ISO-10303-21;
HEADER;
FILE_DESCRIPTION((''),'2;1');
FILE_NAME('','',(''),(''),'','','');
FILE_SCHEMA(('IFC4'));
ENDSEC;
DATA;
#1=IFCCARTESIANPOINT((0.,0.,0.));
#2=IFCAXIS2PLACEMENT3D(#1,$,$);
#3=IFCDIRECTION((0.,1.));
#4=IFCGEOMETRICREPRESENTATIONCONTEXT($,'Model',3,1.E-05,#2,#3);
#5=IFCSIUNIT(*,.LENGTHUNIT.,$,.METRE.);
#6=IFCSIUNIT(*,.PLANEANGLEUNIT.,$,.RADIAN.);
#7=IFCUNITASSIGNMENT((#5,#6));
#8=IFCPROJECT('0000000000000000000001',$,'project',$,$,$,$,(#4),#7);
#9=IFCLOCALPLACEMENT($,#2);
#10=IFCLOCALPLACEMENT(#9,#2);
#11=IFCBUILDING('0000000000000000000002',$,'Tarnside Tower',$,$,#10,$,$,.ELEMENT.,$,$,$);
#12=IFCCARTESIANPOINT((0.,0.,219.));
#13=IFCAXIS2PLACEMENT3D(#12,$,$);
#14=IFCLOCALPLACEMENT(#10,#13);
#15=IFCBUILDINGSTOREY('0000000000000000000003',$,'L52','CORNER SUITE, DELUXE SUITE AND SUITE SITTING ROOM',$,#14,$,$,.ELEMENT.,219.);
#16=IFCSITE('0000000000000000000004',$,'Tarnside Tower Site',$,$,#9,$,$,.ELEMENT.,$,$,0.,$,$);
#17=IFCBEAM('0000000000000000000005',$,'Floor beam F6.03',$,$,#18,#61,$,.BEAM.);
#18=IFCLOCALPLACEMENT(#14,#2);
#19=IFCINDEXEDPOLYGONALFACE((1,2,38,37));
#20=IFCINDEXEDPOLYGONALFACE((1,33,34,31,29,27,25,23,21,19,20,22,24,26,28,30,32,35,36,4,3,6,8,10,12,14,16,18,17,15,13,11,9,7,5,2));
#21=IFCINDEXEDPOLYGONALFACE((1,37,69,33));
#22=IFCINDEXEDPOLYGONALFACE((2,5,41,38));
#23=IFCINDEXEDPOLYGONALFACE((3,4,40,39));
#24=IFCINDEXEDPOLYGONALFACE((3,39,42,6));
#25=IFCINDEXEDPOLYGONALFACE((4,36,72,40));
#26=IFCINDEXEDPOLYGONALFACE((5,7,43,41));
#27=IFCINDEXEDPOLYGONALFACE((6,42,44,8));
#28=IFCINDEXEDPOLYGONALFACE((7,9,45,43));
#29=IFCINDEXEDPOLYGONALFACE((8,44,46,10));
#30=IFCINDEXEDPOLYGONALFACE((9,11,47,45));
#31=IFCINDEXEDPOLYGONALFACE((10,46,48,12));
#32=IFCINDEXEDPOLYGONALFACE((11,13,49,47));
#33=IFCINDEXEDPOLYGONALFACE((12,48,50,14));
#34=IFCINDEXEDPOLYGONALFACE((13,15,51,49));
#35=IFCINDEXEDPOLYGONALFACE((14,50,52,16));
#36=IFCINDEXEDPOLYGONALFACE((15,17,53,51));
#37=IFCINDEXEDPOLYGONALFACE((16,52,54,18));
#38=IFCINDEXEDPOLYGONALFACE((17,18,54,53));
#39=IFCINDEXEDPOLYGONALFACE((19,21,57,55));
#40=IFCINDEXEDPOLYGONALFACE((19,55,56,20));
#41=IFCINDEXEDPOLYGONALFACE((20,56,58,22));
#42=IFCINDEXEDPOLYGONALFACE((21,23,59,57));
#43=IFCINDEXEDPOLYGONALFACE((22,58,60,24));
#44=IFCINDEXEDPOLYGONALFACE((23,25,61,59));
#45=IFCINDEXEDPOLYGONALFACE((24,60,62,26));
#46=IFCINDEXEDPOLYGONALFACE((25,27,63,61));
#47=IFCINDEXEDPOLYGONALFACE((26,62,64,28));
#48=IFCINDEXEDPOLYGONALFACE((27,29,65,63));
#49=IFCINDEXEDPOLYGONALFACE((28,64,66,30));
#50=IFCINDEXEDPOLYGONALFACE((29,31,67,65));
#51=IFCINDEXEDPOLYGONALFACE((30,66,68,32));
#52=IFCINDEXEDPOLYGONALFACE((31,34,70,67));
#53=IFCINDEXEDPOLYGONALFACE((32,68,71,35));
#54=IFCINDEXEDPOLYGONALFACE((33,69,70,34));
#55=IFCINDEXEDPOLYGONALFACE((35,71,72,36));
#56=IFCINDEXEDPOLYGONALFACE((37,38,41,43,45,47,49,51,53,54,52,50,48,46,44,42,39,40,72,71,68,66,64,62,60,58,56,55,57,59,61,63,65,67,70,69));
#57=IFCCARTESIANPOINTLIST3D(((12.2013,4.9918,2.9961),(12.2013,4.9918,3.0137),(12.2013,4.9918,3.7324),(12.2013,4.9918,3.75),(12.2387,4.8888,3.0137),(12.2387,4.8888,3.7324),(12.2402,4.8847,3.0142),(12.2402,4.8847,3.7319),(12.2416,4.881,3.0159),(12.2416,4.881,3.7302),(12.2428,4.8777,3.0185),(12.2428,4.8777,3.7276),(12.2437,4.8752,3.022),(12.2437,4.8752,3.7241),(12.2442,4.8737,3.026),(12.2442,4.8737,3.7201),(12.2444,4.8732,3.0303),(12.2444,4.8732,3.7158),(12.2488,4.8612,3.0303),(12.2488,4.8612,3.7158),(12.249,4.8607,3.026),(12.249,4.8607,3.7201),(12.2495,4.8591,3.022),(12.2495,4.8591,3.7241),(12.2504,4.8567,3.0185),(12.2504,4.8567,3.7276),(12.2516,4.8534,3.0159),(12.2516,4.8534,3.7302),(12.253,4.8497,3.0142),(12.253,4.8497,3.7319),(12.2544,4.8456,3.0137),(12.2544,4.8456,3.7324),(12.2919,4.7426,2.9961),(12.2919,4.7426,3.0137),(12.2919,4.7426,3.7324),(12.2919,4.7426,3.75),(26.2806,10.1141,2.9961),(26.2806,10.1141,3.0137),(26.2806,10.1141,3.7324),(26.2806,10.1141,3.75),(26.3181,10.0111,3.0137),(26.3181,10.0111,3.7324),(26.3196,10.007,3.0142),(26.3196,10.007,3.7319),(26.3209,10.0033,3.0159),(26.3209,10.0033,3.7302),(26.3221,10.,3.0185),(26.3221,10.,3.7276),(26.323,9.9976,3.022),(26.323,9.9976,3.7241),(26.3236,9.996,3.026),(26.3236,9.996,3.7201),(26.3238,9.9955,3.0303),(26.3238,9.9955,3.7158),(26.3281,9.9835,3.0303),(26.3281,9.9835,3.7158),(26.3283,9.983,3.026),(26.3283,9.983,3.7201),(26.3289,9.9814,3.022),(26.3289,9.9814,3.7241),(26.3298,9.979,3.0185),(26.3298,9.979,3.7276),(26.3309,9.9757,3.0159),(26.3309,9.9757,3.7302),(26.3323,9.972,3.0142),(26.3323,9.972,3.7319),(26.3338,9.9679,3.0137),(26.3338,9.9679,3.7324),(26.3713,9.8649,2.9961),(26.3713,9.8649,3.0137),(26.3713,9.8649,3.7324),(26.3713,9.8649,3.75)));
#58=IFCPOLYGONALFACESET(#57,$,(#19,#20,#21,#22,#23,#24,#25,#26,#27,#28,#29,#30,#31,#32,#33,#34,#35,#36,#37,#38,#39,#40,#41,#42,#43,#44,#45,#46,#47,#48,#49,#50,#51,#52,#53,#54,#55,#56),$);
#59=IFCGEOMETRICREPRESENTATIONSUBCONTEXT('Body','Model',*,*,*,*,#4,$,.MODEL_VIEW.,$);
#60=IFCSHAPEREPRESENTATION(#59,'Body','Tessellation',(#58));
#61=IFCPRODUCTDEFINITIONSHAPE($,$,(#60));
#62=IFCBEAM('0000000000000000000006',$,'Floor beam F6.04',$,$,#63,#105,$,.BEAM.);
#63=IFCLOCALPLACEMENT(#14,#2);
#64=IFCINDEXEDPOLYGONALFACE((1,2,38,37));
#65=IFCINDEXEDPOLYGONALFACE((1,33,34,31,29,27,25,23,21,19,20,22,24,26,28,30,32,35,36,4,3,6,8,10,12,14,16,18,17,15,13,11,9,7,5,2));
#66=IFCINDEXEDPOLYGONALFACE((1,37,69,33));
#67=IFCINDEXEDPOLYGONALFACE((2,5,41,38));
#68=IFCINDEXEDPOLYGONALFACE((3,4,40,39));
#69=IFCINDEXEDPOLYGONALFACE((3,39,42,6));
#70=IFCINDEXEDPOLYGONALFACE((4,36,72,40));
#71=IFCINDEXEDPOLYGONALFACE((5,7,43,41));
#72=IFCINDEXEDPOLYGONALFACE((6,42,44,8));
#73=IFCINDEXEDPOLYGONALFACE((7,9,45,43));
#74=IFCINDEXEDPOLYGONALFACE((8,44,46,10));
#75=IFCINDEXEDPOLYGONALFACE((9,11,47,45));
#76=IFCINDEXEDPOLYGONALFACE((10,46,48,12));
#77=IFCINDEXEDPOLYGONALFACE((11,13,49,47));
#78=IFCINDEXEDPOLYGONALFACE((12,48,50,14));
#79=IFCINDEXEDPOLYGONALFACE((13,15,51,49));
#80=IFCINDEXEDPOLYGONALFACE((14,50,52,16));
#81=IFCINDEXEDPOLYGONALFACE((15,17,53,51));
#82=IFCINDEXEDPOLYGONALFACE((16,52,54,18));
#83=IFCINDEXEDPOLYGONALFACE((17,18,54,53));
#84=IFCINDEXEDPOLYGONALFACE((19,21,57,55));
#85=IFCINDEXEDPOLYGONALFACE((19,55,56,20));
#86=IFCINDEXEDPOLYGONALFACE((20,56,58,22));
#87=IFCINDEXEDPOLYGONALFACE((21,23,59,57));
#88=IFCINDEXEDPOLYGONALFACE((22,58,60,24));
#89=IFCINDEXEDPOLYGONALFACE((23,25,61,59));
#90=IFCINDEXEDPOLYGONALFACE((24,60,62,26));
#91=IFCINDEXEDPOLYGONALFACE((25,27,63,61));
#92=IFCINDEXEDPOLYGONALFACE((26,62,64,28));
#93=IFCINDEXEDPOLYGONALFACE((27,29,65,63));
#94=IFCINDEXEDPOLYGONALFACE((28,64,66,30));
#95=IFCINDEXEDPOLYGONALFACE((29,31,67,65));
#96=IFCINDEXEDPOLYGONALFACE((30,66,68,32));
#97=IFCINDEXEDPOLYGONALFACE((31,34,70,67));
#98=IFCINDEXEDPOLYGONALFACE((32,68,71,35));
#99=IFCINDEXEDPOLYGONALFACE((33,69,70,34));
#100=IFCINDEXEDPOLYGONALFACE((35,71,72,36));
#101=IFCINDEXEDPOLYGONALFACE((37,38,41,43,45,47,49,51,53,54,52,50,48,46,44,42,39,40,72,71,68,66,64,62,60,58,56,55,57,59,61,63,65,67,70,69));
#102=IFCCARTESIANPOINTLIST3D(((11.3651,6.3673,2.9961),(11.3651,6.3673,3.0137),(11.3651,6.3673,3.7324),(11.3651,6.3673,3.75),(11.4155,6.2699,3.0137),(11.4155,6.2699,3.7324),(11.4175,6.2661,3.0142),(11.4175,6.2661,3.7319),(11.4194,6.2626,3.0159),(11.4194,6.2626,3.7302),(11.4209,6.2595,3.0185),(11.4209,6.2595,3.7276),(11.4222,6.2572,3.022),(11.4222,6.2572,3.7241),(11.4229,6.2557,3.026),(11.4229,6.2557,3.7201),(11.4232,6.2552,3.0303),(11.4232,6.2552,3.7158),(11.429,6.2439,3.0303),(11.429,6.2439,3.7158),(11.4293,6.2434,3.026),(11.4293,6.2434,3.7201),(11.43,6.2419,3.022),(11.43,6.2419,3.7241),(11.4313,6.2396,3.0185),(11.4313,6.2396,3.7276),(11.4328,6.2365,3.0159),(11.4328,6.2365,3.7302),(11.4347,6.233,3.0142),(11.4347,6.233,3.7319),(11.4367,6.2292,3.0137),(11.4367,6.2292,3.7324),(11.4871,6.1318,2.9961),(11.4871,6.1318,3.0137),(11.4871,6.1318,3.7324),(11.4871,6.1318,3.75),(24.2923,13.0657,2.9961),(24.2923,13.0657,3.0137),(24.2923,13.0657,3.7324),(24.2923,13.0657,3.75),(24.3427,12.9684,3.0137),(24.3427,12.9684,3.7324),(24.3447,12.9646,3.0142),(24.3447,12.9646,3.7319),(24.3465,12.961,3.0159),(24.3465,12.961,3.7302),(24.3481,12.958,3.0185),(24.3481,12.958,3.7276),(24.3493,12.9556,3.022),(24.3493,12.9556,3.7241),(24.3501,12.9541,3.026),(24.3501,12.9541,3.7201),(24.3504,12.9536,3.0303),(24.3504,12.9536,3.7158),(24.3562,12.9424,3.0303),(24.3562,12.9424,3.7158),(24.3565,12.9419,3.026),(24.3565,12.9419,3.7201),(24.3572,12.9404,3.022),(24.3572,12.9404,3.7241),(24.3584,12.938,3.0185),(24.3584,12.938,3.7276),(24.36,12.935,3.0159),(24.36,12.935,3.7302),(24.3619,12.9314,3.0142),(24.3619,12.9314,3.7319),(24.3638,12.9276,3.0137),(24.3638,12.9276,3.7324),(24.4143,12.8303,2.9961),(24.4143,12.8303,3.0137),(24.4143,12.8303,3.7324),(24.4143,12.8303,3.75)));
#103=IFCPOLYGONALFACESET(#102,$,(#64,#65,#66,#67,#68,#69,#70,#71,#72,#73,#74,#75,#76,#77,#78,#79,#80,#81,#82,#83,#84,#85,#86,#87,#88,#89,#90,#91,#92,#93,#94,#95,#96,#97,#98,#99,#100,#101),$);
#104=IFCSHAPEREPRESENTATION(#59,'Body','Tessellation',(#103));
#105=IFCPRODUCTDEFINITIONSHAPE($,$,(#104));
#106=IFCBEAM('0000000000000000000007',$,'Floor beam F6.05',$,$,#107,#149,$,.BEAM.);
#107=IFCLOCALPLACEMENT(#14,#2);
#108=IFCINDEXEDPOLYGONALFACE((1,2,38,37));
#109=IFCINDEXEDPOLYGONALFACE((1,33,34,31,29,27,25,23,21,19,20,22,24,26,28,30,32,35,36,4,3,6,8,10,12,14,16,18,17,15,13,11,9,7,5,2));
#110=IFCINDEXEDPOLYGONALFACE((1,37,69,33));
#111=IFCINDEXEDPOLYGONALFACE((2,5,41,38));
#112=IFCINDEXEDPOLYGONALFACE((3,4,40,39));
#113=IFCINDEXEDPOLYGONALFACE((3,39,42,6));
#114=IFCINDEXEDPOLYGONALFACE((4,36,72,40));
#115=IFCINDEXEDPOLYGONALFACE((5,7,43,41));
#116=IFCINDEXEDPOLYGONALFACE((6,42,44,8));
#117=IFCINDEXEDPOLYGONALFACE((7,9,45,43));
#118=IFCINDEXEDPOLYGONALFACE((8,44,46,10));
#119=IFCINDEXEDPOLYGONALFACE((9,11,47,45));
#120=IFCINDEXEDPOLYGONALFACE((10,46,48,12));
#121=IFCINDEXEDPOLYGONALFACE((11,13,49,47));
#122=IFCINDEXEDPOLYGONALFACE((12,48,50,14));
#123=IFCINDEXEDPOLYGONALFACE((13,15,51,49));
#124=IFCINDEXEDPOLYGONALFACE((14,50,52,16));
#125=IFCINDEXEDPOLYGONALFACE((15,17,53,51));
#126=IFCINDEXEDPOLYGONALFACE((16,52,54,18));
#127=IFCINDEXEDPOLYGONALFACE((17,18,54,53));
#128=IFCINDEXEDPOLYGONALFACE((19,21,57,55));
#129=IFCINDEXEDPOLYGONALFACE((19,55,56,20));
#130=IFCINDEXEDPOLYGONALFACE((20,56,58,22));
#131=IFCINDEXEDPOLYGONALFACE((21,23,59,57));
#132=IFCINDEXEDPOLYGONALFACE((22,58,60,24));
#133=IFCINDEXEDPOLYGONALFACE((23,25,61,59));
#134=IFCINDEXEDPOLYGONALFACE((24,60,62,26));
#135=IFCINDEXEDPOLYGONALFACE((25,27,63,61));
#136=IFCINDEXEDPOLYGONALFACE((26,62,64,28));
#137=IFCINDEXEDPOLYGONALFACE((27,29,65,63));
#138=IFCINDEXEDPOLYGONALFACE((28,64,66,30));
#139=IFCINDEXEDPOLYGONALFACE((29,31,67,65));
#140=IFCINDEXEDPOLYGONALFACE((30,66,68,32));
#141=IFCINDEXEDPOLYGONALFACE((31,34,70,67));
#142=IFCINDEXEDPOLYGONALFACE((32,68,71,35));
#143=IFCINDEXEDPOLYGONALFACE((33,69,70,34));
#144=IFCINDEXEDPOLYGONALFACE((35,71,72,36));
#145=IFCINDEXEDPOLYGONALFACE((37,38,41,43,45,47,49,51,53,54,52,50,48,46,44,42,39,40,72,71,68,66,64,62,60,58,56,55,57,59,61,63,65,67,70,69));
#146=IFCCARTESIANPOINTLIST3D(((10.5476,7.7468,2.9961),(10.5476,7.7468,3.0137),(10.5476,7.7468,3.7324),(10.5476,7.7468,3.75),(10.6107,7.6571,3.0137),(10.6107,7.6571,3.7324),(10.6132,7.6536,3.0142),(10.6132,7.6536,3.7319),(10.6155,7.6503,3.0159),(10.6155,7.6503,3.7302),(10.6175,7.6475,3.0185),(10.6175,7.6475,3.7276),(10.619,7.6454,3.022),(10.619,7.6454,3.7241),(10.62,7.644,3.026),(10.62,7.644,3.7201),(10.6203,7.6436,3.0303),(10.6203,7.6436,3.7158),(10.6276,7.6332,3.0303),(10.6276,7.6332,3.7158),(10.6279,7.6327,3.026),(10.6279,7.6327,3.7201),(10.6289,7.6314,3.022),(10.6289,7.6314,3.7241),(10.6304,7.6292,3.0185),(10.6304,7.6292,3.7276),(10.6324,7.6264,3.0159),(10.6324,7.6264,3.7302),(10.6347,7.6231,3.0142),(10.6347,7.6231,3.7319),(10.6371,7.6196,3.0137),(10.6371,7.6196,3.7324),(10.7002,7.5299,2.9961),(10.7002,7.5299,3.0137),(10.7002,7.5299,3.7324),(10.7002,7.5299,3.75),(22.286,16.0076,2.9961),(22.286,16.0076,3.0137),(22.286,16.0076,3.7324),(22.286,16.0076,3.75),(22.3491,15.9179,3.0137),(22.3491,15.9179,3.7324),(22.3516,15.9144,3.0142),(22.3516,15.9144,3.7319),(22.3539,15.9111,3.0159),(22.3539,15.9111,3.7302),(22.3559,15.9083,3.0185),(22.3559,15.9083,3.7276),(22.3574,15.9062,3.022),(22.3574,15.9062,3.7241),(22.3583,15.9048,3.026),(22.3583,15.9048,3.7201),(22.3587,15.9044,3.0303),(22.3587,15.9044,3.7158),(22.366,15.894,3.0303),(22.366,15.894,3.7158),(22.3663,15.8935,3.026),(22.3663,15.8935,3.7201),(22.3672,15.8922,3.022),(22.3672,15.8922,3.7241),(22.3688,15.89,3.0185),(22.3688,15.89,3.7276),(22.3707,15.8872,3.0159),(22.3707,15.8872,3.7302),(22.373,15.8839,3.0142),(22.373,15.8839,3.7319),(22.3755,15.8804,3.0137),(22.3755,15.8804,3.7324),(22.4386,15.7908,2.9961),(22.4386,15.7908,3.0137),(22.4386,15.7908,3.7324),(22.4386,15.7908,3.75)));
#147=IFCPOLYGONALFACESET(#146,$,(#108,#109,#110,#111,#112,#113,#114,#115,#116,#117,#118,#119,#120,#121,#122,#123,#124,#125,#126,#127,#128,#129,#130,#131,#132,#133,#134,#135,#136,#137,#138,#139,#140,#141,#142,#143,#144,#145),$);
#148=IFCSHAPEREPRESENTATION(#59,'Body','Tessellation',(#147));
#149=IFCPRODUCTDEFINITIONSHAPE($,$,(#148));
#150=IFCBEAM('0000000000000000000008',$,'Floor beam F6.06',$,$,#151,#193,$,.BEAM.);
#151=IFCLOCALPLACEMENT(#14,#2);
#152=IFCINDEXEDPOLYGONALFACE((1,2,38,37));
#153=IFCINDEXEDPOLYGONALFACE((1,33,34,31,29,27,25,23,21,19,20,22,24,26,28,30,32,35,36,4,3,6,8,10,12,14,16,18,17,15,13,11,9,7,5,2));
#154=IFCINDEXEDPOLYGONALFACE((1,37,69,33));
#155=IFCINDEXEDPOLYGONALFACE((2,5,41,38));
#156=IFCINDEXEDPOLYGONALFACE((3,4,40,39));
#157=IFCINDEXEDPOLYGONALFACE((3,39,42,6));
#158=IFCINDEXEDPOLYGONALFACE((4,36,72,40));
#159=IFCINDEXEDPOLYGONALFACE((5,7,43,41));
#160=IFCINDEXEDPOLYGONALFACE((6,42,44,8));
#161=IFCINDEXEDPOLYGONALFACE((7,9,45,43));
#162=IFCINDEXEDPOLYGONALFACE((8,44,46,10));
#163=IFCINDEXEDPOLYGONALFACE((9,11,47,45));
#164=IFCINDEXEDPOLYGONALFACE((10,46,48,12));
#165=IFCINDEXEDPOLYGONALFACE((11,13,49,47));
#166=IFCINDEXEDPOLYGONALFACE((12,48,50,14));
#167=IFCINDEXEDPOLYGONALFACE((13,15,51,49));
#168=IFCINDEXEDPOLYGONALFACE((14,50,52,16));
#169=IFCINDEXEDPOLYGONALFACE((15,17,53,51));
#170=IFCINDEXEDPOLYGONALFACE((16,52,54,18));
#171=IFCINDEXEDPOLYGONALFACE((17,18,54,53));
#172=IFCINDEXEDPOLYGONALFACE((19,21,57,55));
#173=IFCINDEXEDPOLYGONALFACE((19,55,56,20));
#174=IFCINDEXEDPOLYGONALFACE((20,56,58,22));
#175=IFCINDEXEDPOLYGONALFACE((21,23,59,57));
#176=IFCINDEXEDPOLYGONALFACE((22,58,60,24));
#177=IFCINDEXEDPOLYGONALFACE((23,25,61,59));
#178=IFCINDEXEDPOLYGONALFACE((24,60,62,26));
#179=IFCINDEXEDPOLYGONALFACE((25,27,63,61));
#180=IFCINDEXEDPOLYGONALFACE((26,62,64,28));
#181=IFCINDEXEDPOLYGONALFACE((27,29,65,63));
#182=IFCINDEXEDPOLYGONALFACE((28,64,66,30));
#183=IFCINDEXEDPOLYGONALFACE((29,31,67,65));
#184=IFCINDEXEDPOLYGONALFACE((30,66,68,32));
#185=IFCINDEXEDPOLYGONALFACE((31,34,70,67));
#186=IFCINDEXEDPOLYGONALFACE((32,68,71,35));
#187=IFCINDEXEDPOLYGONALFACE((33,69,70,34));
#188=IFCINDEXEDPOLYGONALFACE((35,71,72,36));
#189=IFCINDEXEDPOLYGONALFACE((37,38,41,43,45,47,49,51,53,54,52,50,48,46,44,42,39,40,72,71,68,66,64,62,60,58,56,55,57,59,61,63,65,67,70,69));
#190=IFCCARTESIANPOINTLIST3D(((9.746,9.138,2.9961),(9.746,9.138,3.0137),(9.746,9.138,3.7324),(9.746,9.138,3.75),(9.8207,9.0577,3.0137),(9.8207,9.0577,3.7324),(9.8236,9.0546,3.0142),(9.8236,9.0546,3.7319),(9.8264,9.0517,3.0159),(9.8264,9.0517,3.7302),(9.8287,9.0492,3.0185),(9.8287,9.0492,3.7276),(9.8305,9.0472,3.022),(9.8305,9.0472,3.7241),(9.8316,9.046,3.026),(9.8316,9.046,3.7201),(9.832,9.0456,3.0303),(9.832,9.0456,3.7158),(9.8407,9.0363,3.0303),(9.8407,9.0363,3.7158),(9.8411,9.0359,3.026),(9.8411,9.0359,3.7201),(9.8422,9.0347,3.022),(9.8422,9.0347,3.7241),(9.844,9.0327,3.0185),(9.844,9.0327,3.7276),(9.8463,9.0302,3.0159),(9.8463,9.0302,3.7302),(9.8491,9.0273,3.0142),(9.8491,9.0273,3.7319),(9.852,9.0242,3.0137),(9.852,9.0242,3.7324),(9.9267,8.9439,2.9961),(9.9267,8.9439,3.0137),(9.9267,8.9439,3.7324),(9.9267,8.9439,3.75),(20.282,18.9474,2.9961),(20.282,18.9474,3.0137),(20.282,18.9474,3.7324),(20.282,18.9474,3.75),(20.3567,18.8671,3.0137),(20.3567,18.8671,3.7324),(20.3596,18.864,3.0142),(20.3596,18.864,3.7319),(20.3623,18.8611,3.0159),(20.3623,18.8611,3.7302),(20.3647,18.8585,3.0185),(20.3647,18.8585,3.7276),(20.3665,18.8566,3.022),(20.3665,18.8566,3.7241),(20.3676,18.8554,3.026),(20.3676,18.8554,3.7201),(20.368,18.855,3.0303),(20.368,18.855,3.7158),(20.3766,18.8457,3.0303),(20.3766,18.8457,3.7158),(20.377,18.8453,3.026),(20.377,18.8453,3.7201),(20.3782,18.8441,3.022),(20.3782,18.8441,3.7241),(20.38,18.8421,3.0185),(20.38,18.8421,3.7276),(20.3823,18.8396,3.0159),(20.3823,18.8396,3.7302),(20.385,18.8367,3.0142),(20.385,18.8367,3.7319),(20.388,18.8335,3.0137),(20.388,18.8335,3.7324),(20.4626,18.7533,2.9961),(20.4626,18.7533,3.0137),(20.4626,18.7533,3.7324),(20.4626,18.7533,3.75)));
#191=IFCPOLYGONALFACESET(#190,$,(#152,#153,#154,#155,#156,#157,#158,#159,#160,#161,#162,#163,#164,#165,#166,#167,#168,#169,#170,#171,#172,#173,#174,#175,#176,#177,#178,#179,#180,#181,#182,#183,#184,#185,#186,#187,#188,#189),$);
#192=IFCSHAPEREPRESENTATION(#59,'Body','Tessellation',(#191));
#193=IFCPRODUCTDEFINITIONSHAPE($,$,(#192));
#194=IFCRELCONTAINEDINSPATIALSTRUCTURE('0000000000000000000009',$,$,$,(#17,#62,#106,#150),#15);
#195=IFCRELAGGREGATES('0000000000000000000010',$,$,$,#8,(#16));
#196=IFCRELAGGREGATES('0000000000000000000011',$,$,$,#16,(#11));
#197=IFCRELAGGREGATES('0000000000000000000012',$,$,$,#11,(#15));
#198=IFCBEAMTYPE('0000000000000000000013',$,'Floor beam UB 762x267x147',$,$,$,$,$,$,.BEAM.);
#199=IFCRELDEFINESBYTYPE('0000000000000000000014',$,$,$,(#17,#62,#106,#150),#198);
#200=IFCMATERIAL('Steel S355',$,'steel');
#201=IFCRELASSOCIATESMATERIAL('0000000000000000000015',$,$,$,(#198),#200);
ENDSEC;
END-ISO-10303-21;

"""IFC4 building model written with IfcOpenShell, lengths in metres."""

from ifc_helpers import new_model, si_unit, direction, frame, origin, origin_2d, place, context, subcontext, project, spatial, i_section, extrude, material, material_profile, profile_set, type_object, element, save


model = new_model("IFC4")

# Units and contexts
model_context = context("Model", 3, precision=1e-05, world=origin(), true_north=direction((0.0, 1.0)))
body_context = subcontext(model_context, "Body", "Model", "MODEL_VIEW")
ifc_project = project(units=[si_unit("LENGTHUNIT", "METRE"), si_unit("PLANEANGLEUNIT", "RADIAN")], contexts=[model_context])

# Site, building, storey
site_placement = place(None, origin())
site = spatial("IfcSite", under=ifc_project, at=site_placement, Name="Tarnside Tower Site", CompositionType="ELEMENT", RefElevation=0.0)
building_placement = place(site_placement, origin())
building = spatial("IfcBuilding", under=site, at=building_placement, Name="Tarnside Tower", CompositionType="ELEMENT")
storey_placement = place(building_placement, frame((0.0, 0.0, 219.0)))
storey = spatial("IfcBuildingStorey", under=building, at=storey_placement, Name="L52", Description="CORNER SUITE, DELUXE SUITE AND SUITE SITTING ROOM", CompositionType="ELEMENT", Elevation=219.0)

# Beams
ifc_material_1 = material(Name="Steel S355", Category="steel")
ifc_material_profile_1 = material_profile(ifc_material_1, i_section(OverallWidth=0.2651, OverallDepth=0.7539, WebThickness=0.0127, FlangeThickness=0.0176, FilletRadius=0.0166, at=origin_2d()), Name="UB 762x267x147")
ifc_profile_set_1 = profile_set([ifc_material_profile_1], Name="Steel S355")
beam_type_1 = type_object("IfcBeamType", Name="Floor beam UB 762x267x147", PredefinedType="BEAM", material=ifc_profile_set_1)
beam_1_placement = place(storey_placement, frame((26.3259, 9.9895, 3.373), z_axis=(-0.939739, -0.341894, 0.0), x_axis=(0.341894, -0.939739, 0.0)))
element("IfcBeam", 1, at=beam_1_placement, inside=storey, type_object=beam_type_1, Name="Floor beam F6.03", PredefinedType="BEAM", context=body_context, shape_type="SweptSolid", body=[
    extrude(i_section(OverallWidth=0.2651, OverallDepth=0.7539, WebThickness=0.0127, FlangeThickness=0.0176, FilletRadius=0.0166, at=origin_2d()), origin(), (0.0, 0.0, 1.0), 14.9822),
])
beam_2_placement = place(storey_placement, frame((24.3533, 12.948, 3.373), z_axis=(-0.887882, -0.460072, 0.0), x_axis=(0.460072, -0.887882, 0.0)))
element("IfcBeam", 2, at=beam_2_placement, inside=storey, type_object=beam_type_1, Name="Floor beam F6.04", PredefinedType="BEAM", context=body_context, shape_type="SweptSolid", body=[
    extrude(i_section(OverallWidth=0.2651, OverallDepth=0.7539, WebThickness=0.0127, FlangeThickness=0.0176, FilletRadius=0.0166, at=origin_2d()), origin(), (0.0, 0.0, 1.0), 14.5596),
])
beam_3_placement = place(storey_placement, frame((22.3623, 15.8992, 3.373), z_axis=(-0.817791, -0.575515, 0.0), x_axis=(0.575515, -0.817791, 0.0)))
element("IfcBeam", 3, at=beam_3_placement, inside=storey, type_object=beam_type_1, Name="Floor beam F6.05", PredefinedType="BEAM", context=body_context, shape_type="SweptSolid", body=[
    extrude(i_section(OverallWidth=0.2651, OverallDepth=0.7539, WebThickness=0.0127, FlangeThickness=0.0176, FilletRadius=0.0166, at=origin_2d()), origin(), (0.0, 0.0, 1.0), 14.3538),
])
beam_4_placement = place(storey_placement, frame((20.3723, 18.8503, 3.373), z_axis=(-0.731892, -0.68142, 0.0), x_axis=(0.68142, -0.731892, 0.0)))
element("IfcBeam", 4, at=beam_4_placement, inside=storey, type_object=beam_type_1, Name="Floor beam F6.06", PredefinedType="BEAM", context=body_context, shape_type="SweptSolid", body=[
    extrude(i_section(OverallWidth=0.2651, OverallDepth=0.7539, WebThickness=0.0127, FlangeThickness=0.0176, FilletRadius=0.0166, at=origin_2d()), origin(), (0.0, 0.0, 1.0), 14.3955),
])

save(model, "model.ifc")
